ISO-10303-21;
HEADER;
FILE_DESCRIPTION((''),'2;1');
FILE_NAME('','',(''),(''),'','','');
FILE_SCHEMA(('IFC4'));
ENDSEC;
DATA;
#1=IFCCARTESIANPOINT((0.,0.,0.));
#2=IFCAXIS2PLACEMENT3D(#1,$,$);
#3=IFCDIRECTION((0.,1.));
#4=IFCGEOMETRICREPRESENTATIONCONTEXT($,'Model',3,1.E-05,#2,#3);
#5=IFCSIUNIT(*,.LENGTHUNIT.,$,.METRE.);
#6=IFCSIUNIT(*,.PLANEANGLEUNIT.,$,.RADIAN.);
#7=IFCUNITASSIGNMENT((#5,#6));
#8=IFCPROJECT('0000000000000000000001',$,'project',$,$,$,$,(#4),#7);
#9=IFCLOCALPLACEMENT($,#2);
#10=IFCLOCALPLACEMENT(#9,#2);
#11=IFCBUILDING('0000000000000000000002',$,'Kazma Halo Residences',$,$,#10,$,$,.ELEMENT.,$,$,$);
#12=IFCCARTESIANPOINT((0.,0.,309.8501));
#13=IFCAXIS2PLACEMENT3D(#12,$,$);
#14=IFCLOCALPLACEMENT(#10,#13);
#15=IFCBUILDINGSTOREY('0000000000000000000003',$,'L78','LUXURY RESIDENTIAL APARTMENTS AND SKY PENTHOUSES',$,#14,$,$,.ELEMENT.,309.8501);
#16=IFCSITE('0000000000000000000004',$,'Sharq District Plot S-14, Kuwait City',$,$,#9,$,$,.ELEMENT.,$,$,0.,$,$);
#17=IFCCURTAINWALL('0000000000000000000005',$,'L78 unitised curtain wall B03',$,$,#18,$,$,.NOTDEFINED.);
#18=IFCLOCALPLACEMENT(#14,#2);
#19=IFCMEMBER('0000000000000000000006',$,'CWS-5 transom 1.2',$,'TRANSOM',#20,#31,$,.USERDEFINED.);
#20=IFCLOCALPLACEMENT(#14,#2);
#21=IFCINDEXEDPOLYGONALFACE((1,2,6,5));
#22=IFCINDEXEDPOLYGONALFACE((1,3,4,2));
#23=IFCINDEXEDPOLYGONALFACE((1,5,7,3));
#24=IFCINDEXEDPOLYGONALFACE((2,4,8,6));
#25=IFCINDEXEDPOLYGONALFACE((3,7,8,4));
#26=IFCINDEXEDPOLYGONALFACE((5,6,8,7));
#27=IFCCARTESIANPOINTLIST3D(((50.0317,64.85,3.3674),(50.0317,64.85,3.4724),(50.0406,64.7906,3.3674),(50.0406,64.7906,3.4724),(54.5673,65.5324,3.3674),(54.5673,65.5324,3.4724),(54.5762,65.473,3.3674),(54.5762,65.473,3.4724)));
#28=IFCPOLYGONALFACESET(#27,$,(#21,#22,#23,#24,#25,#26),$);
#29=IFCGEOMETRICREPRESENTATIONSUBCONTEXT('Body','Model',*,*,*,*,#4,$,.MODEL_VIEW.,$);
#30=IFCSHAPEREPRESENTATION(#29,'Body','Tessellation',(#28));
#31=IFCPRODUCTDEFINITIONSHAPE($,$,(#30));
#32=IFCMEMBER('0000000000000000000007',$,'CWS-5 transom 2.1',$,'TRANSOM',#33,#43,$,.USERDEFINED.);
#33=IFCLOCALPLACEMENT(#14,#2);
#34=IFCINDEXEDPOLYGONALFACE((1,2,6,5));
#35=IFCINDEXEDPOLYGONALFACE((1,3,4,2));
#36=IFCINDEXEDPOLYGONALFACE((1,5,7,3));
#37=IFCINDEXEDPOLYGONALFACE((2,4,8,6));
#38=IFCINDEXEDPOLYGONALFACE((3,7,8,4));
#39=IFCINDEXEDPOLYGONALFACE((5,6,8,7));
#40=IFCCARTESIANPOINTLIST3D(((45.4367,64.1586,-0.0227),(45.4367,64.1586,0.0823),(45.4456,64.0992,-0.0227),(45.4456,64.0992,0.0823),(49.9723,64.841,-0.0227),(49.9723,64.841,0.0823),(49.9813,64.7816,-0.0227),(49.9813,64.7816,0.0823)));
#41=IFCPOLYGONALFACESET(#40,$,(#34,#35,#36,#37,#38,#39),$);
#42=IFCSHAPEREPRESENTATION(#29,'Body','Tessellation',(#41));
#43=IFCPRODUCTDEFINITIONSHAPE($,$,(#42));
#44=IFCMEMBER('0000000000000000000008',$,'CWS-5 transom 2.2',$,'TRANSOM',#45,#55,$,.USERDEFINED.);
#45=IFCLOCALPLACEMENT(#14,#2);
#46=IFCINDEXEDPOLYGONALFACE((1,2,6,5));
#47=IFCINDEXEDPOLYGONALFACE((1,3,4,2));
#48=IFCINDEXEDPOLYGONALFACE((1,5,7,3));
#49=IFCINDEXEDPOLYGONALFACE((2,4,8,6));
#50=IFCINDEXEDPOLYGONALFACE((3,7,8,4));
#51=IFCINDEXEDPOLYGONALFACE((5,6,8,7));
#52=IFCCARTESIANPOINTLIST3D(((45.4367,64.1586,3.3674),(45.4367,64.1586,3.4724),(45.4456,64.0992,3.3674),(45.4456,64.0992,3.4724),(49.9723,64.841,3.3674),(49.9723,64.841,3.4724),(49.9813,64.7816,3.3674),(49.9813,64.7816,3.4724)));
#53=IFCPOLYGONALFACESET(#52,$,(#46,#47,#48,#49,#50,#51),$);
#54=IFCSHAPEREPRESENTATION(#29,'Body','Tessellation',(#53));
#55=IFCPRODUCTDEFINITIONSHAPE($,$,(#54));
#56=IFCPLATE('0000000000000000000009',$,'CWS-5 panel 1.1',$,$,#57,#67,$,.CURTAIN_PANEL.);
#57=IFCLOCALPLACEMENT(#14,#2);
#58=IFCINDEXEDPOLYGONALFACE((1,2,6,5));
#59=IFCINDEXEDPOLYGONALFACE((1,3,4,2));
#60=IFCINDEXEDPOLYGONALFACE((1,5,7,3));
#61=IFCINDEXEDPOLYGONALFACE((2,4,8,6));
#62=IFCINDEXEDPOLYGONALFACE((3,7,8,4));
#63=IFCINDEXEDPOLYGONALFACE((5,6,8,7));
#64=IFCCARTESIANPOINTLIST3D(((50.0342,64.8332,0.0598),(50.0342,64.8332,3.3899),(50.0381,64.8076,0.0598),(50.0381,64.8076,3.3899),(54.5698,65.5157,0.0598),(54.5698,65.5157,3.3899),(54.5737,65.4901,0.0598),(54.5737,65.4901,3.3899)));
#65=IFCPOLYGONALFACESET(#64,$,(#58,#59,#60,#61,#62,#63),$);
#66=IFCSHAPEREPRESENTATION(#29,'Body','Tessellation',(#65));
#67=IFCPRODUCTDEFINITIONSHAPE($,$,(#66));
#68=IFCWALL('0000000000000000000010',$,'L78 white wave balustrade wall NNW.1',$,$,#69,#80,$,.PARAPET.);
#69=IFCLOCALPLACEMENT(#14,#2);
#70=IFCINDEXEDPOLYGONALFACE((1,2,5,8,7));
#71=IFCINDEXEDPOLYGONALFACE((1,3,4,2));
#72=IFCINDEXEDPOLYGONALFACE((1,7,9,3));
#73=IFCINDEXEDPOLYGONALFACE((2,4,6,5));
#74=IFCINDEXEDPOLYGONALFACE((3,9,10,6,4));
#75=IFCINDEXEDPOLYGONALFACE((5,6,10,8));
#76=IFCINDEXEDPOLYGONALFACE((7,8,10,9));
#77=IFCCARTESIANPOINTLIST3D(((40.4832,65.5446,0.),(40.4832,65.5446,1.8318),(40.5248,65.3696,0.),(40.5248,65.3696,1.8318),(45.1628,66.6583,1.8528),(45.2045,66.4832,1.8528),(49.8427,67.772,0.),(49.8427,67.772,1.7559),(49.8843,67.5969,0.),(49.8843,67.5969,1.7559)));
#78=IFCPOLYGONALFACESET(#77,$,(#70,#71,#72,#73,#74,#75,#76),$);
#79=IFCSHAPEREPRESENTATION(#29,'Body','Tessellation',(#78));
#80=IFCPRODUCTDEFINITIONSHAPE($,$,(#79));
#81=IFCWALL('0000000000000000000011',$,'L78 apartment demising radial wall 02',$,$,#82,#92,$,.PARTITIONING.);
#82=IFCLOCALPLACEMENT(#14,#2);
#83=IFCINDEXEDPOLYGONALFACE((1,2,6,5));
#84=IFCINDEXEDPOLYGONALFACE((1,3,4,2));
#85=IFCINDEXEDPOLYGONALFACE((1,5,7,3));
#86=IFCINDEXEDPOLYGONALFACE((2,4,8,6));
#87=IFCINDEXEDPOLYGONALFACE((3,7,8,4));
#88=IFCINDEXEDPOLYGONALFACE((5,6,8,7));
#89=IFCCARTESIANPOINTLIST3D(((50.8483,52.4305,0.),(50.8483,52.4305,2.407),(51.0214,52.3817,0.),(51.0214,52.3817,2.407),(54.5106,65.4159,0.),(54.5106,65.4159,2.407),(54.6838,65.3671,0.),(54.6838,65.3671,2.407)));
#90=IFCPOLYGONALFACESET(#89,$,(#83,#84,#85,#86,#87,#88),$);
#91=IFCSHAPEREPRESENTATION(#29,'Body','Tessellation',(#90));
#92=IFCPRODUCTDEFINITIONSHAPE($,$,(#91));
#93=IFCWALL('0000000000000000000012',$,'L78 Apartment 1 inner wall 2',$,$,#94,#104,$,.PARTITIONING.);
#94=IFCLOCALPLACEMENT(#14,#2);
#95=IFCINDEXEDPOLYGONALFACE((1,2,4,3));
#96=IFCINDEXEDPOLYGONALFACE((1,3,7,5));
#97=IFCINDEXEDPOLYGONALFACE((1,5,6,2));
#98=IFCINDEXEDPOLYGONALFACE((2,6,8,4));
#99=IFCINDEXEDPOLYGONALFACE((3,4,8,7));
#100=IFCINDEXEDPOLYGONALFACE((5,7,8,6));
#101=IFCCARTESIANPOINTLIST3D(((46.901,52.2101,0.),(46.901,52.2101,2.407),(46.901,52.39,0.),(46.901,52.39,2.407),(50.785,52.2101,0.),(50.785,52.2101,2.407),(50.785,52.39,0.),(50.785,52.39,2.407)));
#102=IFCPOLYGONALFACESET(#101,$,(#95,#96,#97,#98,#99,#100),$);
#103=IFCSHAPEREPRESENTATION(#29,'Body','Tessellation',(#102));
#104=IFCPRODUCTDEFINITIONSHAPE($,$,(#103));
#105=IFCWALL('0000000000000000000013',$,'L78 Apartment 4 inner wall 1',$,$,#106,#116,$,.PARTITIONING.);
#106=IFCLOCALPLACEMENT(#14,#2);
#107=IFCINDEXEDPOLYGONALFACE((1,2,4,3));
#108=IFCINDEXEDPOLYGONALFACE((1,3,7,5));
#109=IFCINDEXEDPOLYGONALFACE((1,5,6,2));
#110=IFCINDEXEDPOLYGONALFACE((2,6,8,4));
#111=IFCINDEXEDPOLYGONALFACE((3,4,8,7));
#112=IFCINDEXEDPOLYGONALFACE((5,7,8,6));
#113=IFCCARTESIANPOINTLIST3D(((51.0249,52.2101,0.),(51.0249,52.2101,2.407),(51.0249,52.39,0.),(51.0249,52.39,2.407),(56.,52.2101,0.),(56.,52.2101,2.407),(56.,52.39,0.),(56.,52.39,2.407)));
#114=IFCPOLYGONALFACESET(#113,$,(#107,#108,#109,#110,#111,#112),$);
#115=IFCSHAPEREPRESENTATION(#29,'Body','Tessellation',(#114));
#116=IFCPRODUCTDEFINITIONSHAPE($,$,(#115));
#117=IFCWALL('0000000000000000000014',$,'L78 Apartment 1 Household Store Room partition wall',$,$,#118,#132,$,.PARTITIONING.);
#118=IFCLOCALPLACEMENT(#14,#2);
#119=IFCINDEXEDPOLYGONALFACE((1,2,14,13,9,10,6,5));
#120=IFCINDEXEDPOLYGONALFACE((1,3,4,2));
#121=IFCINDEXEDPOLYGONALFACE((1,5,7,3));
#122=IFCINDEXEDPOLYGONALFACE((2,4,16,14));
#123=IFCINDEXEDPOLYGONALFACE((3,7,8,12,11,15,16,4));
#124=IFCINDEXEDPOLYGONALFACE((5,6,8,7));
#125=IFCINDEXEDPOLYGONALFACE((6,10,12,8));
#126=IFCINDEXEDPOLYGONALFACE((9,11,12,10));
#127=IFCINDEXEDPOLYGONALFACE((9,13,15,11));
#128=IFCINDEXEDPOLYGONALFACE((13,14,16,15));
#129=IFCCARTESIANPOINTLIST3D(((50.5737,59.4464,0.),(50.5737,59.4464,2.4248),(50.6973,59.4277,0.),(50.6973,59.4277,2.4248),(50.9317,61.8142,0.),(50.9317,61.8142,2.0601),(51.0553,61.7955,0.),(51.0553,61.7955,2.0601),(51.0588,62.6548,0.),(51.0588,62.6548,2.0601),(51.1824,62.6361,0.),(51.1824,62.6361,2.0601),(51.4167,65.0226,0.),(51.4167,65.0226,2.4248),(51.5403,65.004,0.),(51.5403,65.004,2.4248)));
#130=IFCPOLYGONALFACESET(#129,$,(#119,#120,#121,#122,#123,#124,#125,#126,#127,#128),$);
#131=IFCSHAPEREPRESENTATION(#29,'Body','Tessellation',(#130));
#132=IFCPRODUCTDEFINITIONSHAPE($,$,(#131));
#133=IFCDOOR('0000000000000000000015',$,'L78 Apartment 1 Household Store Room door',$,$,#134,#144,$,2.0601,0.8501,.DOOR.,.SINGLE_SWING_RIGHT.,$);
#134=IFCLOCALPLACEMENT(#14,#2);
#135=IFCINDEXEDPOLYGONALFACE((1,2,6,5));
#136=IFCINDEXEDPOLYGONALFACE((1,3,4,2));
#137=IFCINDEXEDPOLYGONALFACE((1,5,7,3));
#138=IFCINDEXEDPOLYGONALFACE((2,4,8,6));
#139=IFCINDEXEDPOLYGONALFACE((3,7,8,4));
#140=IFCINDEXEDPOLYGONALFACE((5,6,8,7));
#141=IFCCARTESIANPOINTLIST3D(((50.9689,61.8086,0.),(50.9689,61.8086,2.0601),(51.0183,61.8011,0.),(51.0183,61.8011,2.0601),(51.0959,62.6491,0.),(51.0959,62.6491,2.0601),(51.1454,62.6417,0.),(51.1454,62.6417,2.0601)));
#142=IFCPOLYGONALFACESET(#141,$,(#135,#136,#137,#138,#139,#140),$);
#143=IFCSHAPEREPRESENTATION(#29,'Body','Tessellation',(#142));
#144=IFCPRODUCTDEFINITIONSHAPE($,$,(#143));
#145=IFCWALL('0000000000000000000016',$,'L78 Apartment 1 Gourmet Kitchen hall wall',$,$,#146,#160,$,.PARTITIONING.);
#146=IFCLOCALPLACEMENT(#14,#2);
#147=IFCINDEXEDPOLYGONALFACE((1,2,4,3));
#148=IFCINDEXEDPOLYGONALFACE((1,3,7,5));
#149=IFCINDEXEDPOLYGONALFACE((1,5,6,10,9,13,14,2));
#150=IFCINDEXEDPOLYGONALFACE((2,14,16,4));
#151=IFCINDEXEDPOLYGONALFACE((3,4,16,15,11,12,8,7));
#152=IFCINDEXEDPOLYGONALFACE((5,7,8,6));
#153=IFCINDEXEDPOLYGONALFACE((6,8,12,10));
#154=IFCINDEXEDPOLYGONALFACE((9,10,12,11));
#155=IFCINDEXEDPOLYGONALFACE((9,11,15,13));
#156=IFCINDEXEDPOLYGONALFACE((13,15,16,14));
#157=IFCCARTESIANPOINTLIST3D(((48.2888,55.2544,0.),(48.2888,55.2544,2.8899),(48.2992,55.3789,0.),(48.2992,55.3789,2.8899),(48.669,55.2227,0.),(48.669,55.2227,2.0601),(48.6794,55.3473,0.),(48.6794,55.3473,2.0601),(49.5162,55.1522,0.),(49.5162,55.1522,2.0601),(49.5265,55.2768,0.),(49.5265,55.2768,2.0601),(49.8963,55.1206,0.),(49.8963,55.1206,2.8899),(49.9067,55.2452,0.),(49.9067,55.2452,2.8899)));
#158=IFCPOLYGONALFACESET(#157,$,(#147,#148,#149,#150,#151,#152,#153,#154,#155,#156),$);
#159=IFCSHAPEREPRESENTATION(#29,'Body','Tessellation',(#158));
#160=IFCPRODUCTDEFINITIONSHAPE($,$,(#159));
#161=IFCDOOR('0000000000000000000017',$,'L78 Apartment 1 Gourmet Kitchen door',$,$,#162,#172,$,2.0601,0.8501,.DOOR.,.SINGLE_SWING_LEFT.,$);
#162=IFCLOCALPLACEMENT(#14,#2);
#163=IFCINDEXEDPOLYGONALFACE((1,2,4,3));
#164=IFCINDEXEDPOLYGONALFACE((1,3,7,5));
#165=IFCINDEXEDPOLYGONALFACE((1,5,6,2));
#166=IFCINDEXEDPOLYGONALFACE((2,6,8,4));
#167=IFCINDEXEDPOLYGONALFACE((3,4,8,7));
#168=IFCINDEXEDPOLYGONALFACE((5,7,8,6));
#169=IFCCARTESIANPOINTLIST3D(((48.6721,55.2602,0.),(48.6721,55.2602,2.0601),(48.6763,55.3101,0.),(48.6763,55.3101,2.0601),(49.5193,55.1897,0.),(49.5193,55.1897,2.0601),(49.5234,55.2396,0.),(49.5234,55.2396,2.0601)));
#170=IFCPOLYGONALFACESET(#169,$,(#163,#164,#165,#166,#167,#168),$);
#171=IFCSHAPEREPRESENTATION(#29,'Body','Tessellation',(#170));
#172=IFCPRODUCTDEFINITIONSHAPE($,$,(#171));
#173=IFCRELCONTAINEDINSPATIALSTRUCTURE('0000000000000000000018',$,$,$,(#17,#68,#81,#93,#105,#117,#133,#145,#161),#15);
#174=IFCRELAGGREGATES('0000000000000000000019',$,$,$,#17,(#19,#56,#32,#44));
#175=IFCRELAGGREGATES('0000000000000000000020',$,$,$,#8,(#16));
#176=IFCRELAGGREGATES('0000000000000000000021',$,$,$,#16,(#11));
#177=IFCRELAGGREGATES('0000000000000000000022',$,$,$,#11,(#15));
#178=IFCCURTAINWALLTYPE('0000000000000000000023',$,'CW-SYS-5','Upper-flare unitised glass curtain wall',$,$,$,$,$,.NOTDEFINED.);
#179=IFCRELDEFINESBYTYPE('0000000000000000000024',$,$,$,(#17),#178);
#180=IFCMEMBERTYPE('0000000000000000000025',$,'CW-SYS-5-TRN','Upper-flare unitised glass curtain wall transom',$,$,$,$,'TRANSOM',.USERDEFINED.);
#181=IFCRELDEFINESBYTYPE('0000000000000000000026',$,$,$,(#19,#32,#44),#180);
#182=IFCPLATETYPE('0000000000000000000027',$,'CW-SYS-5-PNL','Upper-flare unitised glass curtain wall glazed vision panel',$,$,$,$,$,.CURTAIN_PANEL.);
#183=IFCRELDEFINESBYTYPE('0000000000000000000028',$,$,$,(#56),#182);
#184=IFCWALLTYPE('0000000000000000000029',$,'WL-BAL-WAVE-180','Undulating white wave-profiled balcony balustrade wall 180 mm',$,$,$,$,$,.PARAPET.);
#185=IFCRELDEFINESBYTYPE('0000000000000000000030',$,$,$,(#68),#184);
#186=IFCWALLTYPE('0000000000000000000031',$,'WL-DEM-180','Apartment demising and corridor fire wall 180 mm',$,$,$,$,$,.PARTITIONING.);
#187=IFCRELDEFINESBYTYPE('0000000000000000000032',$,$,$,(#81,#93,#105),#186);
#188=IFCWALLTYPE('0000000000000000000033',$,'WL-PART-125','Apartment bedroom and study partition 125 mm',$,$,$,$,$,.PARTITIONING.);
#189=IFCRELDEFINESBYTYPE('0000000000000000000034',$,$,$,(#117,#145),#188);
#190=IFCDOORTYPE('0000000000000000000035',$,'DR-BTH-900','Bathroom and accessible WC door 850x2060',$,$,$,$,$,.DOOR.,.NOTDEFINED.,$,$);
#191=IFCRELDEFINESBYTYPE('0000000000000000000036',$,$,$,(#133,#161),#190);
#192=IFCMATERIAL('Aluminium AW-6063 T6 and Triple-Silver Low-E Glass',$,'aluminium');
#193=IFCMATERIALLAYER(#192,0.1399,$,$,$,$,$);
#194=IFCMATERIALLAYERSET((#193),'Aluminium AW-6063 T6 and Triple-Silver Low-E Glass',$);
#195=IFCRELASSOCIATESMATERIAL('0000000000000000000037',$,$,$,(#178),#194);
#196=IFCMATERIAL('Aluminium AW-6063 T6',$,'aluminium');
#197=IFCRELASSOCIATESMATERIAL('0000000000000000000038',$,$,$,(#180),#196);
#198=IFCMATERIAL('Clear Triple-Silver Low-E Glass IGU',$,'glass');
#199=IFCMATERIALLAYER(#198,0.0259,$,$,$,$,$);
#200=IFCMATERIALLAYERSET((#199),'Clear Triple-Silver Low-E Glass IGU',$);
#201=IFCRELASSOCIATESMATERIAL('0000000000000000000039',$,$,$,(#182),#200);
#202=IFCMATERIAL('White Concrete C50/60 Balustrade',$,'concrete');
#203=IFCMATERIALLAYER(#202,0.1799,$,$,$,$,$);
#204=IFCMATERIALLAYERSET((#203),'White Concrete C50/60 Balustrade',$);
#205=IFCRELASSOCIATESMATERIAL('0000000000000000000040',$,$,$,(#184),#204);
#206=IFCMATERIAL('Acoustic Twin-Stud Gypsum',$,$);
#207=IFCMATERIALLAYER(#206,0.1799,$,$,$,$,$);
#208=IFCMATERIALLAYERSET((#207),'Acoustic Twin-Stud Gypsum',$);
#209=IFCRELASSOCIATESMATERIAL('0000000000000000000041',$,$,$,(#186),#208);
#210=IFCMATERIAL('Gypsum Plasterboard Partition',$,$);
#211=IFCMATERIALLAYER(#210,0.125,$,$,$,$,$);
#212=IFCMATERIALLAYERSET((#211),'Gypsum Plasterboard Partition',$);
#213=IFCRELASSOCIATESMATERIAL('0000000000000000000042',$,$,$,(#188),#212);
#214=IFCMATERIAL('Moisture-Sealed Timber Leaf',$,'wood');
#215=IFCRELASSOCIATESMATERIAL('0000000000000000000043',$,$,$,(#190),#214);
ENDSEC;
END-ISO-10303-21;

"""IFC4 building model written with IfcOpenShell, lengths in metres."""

from ifc_helpers import new_model, si_unit, direction, frame, frame_2d, origin, origin_2d, place, context, subcontext, project, spatial, polyline, rectangle, outline, extrude, material, layer, layer_set, material_profile, profile_set, type_object, element, fill, aggregate, save


model = new_model("IFC4")

# Units and contexts
model_context = context("Model", 3, precision=1e-05, world=origin(), true_north=direction((0.0, 1.0)))
body_context = subcontext(model_context, "Body", "Model", "MODEL_VIEW")
ifc_project = project(units=[si_unit("LENGTHUNIT", "METRE"), si_unit("PLANEANGLEUNIT", "RADIAN")], contexts=[model_context])

# Site, building, storey
site_placement = place(None, origin())
site = spatial("IfcSite", under=ifc_project, at=site_placement, Name="Sharq District Plot S-14, Kuwait City", CompositionType="ELEMENT", RefElevation=0.0)
building_placement = place(site_placement, origin())
building = spatial("IfcBuilding", under=site, at=building_placement, Name="Kazma Halo Residences", CompositionType="ELEMENT")
storey_placement = place(building_placement, frame((0.0, 0.0, 309.8501)))
storey = spatial("IfcBuildingStorey", under=building, at=storey_placement, Name="L78", Description="LUXURY RESIDENTIAL APARTMENTS AND SKY PENTHOUSES", CompositionType="ELEMENT", Elevation=309.8501)

# Curtain wall, members, plate
ifc_material_1 = material(Name="Aluminium AW-6063 T6 and Triple-Silver Low-E Glass", Category="aluminium")
ifc_layer_1 = layer(ifc_material_1, 0.1399)
ifc_layer_set_1 = layer_set([ifc_layer_1], Name="Aluminium AW-6063 T6 and Triple-Silver Low-E Glass")
curtain_wall_type = type_object("IfcCurtainWallType", Name="CW-SYS-5", Description="Upper-flare unitised glass curtain wall", PredefinedType="NOTDEFINED", material=ifc_layer_set_1)
curtain_wall_placement = place(storey_placement, origin())
curtain_wall = element("IfcCurtainWall", 1, at=curtain_wall_placement, inside=storey, type_object=curtain_wall_type, Name="L78 unitised curtain wall B03", PredefinedType="NOTDEFINED")
ifc_material_2 = material(Name="Aluminium AW-6063 T6", Category="aluminium")
ifc_material_profile_1 = material_profile(ifc_material_2, rectangle(XDim=0.0601, YDim=0.105, at=origin_2d()), Name="CWT-60x105")
ifc_profile_set_1 = profile_set([ifc_material_profile_1], Name="Aluminium AW-6063 T6")
member_type_1 = type_object("IfcMemberType", Name="CW-SYS-5-TRN", Description="Upper-flare unitised glass curtain wall transom", ElementType="TRANSOM", PredefinedType="USERDEFINED", material=ifc_profile_set_1)
member_1_placement = place(storey_placement, frame((54.5718, 65.5027, 3.4199), z_axis=(-0.988871, -0.148773, 0.0), x_axis=(0.148773, -0.988871, 0.0)))
member_1 = element("IfcMember", 2, at=member_1_placement, type_object=member_type_1, Name="CWS-5 transom 1.2", ObjectType="TRANSOM", PredefinedType="USERDEFINED", context=body_context, shape_type="SweptSolid", body=[
    extrude(rectangle(XDim=0.0601, YDim=0.105, at=origin_2d()), origin(), (0.0, 0.0, 1.0), 4.5867),
])
member_2_placement = place(storey_placement, frame((49.9768, 64.8113, 0.0298), z_axis=(-0.988871, -0.148773, 0.0), x_axis=(0.148773, -0.988871, 0.0)))
member_2 = element("IfcMember", 3, at=member_2_placement, type_object=member_type_1, Name="CWS-5 transom 2.1", ObjectType="TRANSOM", PredefinedType="USERDEFINED", context=body_context, shape_type="SweptSolid", body=[
    extrude(rectangle(XDim=0.0601, YDim=0.105, at=origin_2d()), origin(), (0.0, 0.0, 1.0), 4.5867),
])
member_3_placement = place(storey_placement, frame((49.9768, 64.8113, 3.4199), z_axis=(-0.988871, -0.148773, 0.0), x_axis=(0.148773, -0.988871, 0.0)))
member_3 = element("IfcMember", 4, at=member_3_placement, type_object=member_type_1, Name="CWS-5 transom 2.2", ObjectType="TRANSOM", PredefinedType="USERDEFINED", context=body_context, shape_type="SweptSolid", body=[
    extrude(rectangle(XDim=0.0601, YDim=0.105, at=origin_2d()), origin(), (0.0, 0.0, 1.0), 4.5867),
])
ifc_material_3 = material(Name="Clear Triple-Silver Low-E Glass IGU", Category="glass")
ifc_layer_2 = layer(ifc_material_3, 0.0259)
ifc_layer_set_2 = layer_set([ifc_layer_2], Name="Clear Triple-Silver Low-E Glass IGU")
plate_type = type_object("IfcPlateType", Name="CW-SYS-5-PNL", Description="Upper-flare unitised glass curtain wall glazed vision panel", PredefinedType="CURTAIN_PANEL", material=ifc_layer_set_2)
plate_placement = place(storey_placement, frame((52.304, 65.1616, 0.0598), z_axis=(0.0, 0.0, 1.0), x_axis=(-0.988867, -0.148804, 0.0)))
plate = element("IfcPlate", 5, at=plate_placement, type_object=plate_type, Name="CWS-5 panel 1.1", PredefinedType="CURTAIN_PANEL", context=body_context, shape_type="SweptSolid", body=[
    extrude(rectangle(XDim=4.5867, YDim=0.0259, at=origin_2d()), origin(), (0.0, 0.0, 1.0), 3.3301),
])
aggregate(curtain_wall, [member_1, plate, member_2, member_3])

# Walls
ifc_material_4 = material(Name="White Concrete C50/60 Balustrade", Category="concrete")
ifc_layer_3 = layer(ifc_material_4, 0.1799)
ifc_layer_set_3 = layer_set([ifc_layer_3], Name="White Concrete C50/60 Balustrade")
wall_type_1 = type_object("IfcWallType", Name="WL-BAL-WAVE-180", Description="Undulating white wave-profiled balcony balustrade wall 180 mm", PredefinedType="PARAPET", material=ifc_layer_set_3)
wall_1_placement = place(storey_placement, frame((49.8635, 67.6843, 0.0), z_axis=(0.0, 0.0, 1.0), x_axis=(-0.972833, -0.23151, 0.0)))
element("IfcWall", 6, at=wall_1_placement, inside=storey, type_object=wall_type_1, Name="L78 white wave balustrade wall NNW.1", PredefinedType="PARAPET", context=body_context, shape_type="SweptSolid", body=[
    extrude(outline(polyline([(0.0, 0.0), (9.6208, 0.0), (9.6208, 1.8318), (4.8105, 1.8528), (0.0, 1.7559), (0.0, 0.0)])), frame((0.0, 0.0898, 0.0), z_axis=(0.0, -1.0, 0.0), x_axis=(1.0, 0.0, 0.0)), (0.0, 0.0, 1.0), 0.1799),
])
ifc_material_5 = material(Name="Acoustic Twin-Stud Gypsum")
ifc_layer_4 = layer(ifc_material_5, 0.1799)
ifc_layer_set_4 = layer_set([ifc_layer_4], Name="Acoustic Twin-Stud Gypsum")
wall_type_2 = type_object("IfcWallType", Name="WL-DEM-180", Description="Apartment demising and corridor fire wall 180 mm", PredefinedType="PARTITIONING", material=ifc_layer_set_4)
wall_2_placement = place(storey_placement, frame((50.9348, 52.406, 0.0), z_axis=(0.0, 0.0, 1.0), x_axis=(0.271448, 0.962453, 0.0)))
element("IfcWall", 7, at=wall_2_placement, inside=storey, type_object=wall_type_2, Name="L78 apartment demising radial wall 02", PredefinedType="PARTITIONING", context=body_context, shape_type="SweptSolid", body=[
    extrude(rectangle(XDim=13.4919, YDim=0.1799, at=frame_2d((6.7461, 0.0))), origin(), (0.0, 0.0, 1.0), 2.407),
])
wall_3_placement = place(storey_placement, frame((50.7849, 52.3, 0.0), z_axis=(0.0, 0.0, 1.0), x_axis=(-1.0, 0.0, 0.0)))
element("IfcWall", 8, at=wall_3_placement, inside=storey, type_object=wall_type_2, Name="L78 Apartment 1 inner wall 2", PredefinedType="PARTITIONING", context=body_context, shape_type="SweptSolid", body=[
    extrude(rectangle(XDim=3.884, YDim=0.1799, at=frame_2d((1.9419, 0.0))), origin(), (0.0, 0.0, 1.0), 2.407),
])
wall_4_placement = place(storey_placement, frame((56.0, 52.3, 0.0), z_axis=(0.0, 0.0, 1.0), x_axis=(-1.0, 0.0, 0.0)))
element("IfcWall", 9, at=wall_4_placement, inside=storey, type_object=wall_type_2, Name="L78 Apartment 4 inner wall 1", PredefinedType="PARTITIONING", context=body_context, shape_type="SweptSolid", body=[
    extrude(rectangle(XDim=4.9751, YDim=0.1799, at=frame_2d((2.4875, 0.0))), origin(), (0.0, 0.0, 1.0), 2.407),
])

# Walls, openings, doors
ifc_material_6 = material(Name="Gypsum Plasterboard Partition")
ifc_layer_5 = layer(ifc_material_6, 0.125)
ifc_layer_set_5 = layer_set([ifc_layer_5], Name="Gypsum Plasterboard Partition")
wall_type_3 = type_object("IfcWallType", Name="WL-PART-125", Description="Apartment bedroom and study partition 125 mm", PredefinedType="PARTITIONING", material=ifc_layer_set_5)
wall_5_placement = place(storey_placement, frame((50.6355, 59.437, 0.0), z_axis=(0.0, 0.0, 1.0), x_axis=(0.149483, 0.988764, 0.0)))
wall_5 = element("IfcWall", 10, at=wall_5_placement, inside=storey, type_object=wall_type_3, Name="L78 Apartment 1 Household Store Room partition wall", PredefinedType="PARTITIONING", context=body_context, shape_type="SweptSolid", body=[
    extrude(rectangle(XDim=5.6396, YDim=0.125, at=frame_2d((2.8198, 0.0))), origin(), (0.0, 0.0, 1.0), 2.4248),
])
opening_1_placement = place(wall_5_placement, frame((2.3948, 0.0, 0.0)))
opening_1 = element("IfcOpeningElement", 11, at=opening_1_placement, cuts=wall_5, PredefinedType="OPENING", context=body_context, shape_type="SweptSolid", body=[
    extrude(rectangle(XDim=0.8501, YDim=2.0601, at=frame_2d((0.425, 1.03))), frame((0.0, 0.0725, 0.0), z_axis=(0.0, -1.0, 0.0), x_axis=(1.0, 0.0, 0.0)), (0.0, 0.0, 1.0), 0.145),
])
ifc_material_7 = material(Name="Moisture-Sealed Timber Leaf", Category="wood")
door_type_1 = type_object("IfcDoorType", Name="DR-BTH-900", Description="Bathroom and accessible WC door 850x2060", OperationType="NOTDEFINED", PredefinedType="DOOR", material=ifc_material_7)
door_1_placement = place(opening_1_placement, origin())
door_1 = element("IfcDoor", 12, at=door_1_placement, inside=storey, type_object=door_type_1, Name="L78 Apartment 1 Household Store Room door", OperationType="SINGLE_SWING_RIGHT", OverallHeight=2.0601, OverallWidth=0.8501, PredefinedType="DOOR", context=body_context, shape_type="SweptSolid", body=[
    extrude(rectangle(XDim=0.8501, YDim=2.0601, at=frame_2d((0.425, 1.03))), frame((0.0, 0.0249, 0.0), z_axis=(0.0, -1.0, 0.0), x_axis=(1.0, 0.0, 0.0)), (0.0, 0.0, 1.0), 0.05),
])
fill(opening_1, door_1)
wall_6_placement = place(storey_placement, frame((49.9016, 55.1829, 0.0), z_axis=(0.0, 0.0, 1.0), x_axis=(-0.996554, 0.082945, 0.0)))
wall_6 = element("IfcWall", 13, at=wall_6_placement, inside=storey, type_object=wall_type_3, Name="L78 Apartment 1 Gourmet Kitchen hall wall", PredefinedType="PARTITIONING", context=body_context, shape_type="SweptSolid", body=[
    extrude(rectangle(XDim=1.613, YDim=0.125, at=frame_2d((0.8066, 0.0))), origin(), (0.0, 0.0, 1.0), 2.8899),
])
opening_2_placement = place(wall_6_placement, frame((0.3816, 0.0, 0.0)))
opening_2 = element("IfcOpeningElement", 14, at=opening_2_placement, cuts=wall_6, PredefinedType="OPENING", context=body_context, shape_type="SweptSolid", body=[
    extrude(rectangle(XDim=0.8501, YDim=2.0601, at=frame_2d((0.425, 1.03))), frame((0.0, 0.0725, 0.0), z_axis=(0.0, -1.0, 0.0), x_axis=(1.0, 0.0, 0.0)), (0.0, 0.0, 1.0), 0.145),
])
door_2_placement = place(opening_2_placement, origin())
door_2 = element("IfcDoor", 15, at=door_2_placement, inside=storey, type_object=door_type_1, Name="L78 Apartment 1 Gourmet Kitchen door", OperationType="SINGLE_SWING_LEFT", OverallHeight=2.0601, OverallWidth=0.8501, PredefinedType="DOOR", context=body_context, shape_type="SweptSolid", body=[
    extrude(rectangle(XDim=0.8501, YDim=2.0601, at=frame_2d((0.425, 1.03))), frame((0.0, 0.0249, 0.0), z_axis=(0.0, -1.0, 0.0), x_axis=(1.0, 0.0, 0.0)), (0.0, 0.0, 1.0), 0.05),
])
fill(opening_2, door_2)

save(model, "model.ifc")
